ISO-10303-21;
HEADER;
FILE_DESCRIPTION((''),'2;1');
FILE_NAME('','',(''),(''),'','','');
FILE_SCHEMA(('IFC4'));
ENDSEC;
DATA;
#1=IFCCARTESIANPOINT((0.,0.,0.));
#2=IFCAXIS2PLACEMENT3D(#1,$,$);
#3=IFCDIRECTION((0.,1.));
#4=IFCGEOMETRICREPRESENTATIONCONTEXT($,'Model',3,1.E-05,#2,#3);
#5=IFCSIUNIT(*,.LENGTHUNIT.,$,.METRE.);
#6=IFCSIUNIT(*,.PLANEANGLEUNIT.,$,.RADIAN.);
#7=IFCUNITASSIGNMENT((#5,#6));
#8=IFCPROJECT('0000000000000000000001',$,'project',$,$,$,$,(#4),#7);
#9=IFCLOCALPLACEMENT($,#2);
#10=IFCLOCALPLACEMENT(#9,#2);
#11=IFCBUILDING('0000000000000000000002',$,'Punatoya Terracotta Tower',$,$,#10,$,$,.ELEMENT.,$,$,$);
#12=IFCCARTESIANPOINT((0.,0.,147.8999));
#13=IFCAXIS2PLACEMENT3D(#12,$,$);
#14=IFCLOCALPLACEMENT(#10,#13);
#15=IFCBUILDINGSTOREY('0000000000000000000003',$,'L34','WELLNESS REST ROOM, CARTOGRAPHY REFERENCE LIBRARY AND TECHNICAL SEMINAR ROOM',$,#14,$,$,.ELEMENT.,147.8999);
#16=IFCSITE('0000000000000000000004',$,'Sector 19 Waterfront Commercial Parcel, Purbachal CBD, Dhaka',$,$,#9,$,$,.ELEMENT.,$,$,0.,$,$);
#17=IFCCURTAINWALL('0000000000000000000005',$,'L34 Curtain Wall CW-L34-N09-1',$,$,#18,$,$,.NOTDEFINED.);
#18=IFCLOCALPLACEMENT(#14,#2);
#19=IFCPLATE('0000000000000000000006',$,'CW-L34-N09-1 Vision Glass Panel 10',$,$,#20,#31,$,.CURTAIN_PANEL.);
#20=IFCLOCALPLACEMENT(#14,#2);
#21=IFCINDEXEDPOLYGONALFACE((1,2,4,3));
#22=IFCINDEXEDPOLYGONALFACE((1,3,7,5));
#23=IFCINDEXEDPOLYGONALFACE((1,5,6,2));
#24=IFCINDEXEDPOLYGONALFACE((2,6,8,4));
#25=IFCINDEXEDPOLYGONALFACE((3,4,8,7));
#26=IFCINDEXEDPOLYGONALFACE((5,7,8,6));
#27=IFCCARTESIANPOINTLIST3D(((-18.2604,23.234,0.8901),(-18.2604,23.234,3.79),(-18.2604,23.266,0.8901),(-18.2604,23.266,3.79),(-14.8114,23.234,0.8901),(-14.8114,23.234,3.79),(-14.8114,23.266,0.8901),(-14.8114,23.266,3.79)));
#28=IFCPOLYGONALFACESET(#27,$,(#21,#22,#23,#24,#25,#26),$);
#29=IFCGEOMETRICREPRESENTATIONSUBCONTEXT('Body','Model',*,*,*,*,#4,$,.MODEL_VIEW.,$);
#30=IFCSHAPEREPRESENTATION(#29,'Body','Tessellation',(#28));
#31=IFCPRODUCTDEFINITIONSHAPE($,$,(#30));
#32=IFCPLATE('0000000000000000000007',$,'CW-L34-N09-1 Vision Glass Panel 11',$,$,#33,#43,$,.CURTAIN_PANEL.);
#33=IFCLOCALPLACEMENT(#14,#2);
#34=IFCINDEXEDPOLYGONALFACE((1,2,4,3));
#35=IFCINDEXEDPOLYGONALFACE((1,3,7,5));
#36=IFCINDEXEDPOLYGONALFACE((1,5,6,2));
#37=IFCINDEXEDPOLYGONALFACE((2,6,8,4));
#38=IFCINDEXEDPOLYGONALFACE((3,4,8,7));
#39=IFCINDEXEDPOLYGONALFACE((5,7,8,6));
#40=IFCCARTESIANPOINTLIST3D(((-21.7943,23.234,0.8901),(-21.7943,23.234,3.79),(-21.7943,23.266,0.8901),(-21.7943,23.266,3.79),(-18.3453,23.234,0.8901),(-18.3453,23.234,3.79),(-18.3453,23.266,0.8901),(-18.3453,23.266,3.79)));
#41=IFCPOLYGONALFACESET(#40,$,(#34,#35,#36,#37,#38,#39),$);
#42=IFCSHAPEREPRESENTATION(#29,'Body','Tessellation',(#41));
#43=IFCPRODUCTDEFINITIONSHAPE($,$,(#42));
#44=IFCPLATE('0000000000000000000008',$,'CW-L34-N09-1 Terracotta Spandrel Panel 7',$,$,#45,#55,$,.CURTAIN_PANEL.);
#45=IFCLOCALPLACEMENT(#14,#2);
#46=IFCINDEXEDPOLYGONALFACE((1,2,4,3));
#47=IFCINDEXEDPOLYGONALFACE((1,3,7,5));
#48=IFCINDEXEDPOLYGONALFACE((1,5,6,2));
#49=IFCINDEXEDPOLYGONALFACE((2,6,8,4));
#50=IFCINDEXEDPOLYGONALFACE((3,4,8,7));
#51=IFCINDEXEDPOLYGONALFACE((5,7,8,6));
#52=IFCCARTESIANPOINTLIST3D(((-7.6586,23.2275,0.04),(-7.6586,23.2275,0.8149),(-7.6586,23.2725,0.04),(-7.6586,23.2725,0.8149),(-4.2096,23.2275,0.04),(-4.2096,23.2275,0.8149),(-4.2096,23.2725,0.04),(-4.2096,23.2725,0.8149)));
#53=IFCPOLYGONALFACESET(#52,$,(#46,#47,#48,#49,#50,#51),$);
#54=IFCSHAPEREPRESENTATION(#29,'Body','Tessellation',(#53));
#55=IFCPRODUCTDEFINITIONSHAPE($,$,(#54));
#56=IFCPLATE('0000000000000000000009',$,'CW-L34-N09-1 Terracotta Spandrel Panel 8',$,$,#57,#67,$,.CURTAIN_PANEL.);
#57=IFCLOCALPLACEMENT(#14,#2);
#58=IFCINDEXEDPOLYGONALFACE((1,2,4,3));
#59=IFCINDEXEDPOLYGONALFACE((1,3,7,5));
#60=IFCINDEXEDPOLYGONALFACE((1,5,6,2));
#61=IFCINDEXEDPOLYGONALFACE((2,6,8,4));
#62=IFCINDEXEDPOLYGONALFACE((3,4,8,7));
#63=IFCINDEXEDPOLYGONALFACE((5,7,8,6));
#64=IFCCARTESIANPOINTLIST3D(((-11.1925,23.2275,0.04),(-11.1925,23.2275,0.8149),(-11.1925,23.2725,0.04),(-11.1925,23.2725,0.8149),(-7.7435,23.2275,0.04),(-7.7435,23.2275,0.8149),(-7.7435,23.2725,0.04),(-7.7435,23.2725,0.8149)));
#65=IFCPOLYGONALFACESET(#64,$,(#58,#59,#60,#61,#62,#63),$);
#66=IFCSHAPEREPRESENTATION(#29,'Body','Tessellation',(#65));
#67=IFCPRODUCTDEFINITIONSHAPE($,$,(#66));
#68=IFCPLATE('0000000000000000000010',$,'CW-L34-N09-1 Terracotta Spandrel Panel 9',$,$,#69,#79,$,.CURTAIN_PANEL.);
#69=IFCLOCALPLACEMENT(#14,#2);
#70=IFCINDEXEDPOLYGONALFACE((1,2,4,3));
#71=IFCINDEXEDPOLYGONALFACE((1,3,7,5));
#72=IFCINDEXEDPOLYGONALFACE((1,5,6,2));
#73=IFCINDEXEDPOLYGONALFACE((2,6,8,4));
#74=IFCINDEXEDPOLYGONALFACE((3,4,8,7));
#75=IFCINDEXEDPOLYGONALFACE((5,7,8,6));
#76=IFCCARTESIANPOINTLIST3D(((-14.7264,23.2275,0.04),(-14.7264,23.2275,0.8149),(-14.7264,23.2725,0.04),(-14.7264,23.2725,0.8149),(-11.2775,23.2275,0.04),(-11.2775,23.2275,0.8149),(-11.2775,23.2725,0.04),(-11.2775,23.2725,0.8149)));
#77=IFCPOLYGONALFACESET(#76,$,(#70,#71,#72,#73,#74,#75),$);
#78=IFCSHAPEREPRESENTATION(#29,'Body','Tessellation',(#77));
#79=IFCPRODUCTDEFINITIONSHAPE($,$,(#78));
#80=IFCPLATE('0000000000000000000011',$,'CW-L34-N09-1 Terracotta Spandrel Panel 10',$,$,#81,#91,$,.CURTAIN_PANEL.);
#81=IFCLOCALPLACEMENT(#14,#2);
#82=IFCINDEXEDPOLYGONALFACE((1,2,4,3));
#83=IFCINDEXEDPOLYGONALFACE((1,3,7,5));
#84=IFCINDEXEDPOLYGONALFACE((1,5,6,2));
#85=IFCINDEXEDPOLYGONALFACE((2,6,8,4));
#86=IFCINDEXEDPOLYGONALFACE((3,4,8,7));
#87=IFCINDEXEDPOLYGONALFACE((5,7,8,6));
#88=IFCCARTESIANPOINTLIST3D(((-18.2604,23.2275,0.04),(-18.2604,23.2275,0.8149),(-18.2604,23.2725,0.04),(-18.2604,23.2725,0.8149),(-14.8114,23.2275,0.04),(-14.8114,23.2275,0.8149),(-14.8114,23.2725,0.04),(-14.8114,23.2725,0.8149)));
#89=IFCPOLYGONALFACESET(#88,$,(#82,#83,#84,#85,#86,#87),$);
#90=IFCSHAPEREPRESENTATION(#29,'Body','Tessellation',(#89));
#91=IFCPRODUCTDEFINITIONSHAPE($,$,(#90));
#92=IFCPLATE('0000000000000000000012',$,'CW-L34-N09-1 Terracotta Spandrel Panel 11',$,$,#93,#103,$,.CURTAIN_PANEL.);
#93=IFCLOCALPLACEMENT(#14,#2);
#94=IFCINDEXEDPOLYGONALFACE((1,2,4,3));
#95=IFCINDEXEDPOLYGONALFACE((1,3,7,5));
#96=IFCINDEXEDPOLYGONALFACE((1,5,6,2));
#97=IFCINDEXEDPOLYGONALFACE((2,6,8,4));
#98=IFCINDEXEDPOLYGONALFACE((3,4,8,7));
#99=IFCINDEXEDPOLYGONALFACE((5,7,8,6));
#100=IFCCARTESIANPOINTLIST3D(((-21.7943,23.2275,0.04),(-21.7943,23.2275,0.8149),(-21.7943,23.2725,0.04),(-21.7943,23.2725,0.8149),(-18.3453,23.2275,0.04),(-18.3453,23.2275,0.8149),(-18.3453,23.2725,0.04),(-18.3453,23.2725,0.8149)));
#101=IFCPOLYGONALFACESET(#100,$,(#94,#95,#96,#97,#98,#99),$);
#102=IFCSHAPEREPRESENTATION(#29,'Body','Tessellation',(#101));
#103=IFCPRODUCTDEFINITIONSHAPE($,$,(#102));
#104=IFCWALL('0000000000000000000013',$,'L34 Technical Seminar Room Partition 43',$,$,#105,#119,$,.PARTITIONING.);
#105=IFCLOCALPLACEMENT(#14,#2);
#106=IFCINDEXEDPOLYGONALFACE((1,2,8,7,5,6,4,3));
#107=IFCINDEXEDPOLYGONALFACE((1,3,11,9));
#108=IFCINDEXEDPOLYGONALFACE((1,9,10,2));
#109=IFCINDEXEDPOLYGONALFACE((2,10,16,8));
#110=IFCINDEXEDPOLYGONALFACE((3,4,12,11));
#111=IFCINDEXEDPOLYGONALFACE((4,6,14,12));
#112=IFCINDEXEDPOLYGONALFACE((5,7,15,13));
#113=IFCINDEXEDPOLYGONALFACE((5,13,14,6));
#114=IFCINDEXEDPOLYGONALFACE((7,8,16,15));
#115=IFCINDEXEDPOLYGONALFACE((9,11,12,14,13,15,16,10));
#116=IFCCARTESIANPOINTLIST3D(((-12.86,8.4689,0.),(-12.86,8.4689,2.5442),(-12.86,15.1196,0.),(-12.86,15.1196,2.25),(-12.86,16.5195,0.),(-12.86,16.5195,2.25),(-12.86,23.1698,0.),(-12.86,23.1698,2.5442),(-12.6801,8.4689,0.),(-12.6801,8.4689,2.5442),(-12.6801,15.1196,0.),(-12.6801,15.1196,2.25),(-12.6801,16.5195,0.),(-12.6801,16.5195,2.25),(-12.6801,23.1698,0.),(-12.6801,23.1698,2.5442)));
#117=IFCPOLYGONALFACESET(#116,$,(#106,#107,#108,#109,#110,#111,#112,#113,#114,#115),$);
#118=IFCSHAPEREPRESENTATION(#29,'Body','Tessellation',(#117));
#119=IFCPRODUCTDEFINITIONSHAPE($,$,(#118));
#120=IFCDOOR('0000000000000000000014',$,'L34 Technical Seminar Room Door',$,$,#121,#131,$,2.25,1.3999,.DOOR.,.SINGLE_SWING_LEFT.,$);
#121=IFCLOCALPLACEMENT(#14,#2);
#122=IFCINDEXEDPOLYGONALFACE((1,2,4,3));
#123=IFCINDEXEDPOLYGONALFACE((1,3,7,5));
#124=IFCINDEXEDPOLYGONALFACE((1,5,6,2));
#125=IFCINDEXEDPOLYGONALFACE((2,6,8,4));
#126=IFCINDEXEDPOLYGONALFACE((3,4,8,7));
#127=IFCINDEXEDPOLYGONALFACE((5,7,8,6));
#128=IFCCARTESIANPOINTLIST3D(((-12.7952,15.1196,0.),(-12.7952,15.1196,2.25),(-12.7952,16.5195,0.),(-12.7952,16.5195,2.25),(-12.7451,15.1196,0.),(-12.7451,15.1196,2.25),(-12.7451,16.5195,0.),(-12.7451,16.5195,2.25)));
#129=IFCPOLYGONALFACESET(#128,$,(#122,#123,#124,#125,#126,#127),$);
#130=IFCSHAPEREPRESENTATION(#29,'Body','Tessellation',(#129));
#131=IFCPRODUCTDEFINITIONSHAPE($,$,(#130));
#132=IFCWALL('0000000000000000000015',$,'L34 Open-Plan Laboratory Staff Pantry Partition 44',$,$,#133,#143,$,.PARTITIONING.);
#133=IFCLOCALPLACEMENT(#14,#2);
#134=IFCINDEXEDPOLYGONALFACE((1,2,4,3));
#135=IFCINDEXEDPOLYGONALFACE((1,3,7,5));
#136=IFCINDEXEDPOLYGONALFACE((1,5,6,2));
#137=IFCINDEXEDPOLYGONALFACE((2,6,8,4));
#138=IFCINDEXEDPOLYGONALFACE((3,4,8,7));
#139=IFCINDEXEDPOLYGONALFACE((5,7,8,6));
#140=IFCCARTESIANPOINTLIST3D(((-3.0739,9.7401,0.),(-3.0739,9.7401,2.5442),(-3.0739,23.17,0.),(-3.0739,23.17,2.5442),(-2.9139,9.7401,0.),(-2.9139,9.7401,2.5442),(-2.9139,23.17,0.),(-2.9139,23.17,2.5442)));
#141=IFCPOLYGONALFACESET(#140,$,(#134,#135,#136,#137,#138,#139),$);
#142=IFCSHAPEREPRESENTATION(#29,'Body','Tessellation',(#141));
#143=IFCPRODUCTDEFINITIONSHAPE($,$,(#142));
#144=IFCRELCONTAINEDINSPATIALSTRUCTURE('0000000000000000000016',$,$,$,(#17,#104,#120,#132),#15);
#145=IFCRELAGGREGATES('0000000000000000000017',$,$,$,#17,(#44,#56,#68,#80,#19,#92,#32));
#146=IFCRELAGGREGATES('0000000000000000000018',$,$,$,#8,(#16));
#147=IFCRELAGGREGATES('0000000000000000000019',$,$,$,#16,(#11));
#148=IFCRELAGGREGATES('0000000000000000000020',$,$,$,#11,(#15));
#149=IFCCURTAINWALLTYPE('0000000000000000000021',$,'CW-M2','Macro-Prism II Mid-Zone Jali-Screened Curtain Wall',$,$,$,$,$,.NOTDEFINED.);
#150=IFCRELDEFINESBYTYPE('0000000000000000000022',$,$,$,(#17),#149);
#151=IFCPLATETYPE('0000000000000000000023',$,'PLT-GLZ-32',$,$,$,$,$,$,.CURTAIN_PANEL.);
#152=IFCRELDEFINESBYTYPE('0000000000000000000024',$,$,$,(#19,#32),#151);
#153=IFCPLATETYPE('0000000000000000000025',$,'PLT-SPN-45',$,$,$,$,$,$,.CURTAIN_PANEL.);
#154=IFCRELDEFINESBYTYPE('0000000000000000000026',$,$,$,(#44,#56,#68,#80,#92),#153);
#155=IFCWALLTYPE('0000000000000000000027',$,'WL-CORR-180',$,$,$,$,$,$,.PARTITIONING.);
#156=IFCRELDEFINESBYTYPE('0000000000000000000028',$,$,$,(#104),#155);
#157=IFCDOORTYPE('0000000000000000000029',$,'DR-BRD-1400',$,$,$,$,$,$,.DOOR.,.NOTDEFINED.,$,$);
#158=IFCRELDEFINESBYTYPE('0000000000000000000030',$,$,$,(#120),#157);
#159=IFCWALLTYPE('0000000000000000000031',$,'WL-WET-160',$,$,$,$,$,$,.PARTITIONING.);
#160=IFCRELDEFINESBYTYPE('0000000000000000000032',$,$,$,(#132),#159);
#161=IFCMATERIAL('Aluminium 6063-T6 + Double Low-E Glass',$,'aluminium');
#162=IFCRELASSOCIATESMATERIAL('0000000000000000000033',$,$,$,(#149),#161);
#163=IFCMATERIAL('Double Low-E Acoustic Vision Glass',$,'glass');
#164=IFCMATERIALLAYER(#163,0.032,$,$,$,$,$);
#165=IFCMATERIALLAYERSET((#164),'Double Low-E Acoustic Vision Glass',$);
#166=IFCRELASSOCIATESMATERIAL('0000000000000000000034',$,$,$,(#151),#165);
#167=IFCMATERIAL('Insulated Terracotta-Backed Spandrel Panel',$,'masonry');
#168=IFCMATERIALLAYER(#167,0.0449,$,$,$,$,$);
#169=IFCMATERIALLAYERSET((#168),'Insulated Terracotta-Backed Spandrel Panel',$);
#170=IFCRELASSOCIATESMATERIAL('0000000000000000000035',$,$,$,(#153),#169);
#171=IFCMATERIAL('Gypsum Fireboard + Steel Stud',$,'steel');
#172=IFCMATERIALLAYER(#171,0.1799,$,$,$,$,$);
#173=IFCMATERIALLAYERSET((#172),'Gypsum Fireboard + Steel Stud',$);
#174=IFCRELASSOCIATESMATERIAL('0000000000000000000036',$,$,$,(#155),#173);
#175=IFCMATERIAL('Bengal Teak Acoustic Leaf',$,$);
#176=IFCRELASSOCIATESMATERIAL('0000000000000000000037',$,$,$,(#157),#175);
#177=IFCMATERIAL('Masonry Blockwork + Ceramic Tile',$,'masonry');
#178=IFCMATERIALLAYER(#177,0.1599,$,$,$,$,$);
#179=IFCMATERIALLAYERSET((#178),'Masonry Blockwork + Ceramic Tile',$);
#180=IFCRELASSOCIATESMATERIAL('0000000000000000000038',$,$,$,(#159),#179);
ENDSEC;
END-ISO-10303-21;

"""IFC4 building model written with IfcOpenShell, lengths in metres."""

from ifc_helpers import new_model, si_unit, direction, frame, frame_2d, origin, origin_2d, place, context, subcontext, project, spatial, rectangle, extrude, material, layer, layer_set, type_object, element, fill, aggregate, save


model = new_model("IFC4")

# Units and contexts
model_context = context("Model", 3, precision=1e-05, world=origin(), true_north=direction((0.0, 1.0)))
body_context = subcontext(model_context, "Body", "Model", "MODEL_VIEW")
ifc_project = project(units=[si_unit("LENGTHUNIT", "METRE"), si_unit("PLANEANGLEUNIT", "RADIAN")], contexts=[model_context])

# Site, building, storey
site_placement = place(None, origin())
site = spatial("IfcSite", under=ifc_project, at=site_placement, Name="Sector 19 Waterfront Commercial Parcel, Purbachal CBD, Dhaka", CompositionType="ELEMENT", RefElevation=0.0)
building_placement = place(site_placement, origin())
building = spatial("IfcBuilding", under=site, at=building_placement, Name="Punatoya Terracotta Tower", CompositionType="ELEMENT")
storey_placement = place(building_placement, frame((0.0, 0.0, 147.8999)))
storey = spatial("IfcBuildingStorey", under=building, at=storey_placement, Name="L34", Description="WELLNESS REST ROOM, CARTOGRAPHY REFERENCE LIBRARY AND TECHNICAL SEMINAR ROOM", CompositionType="ELEMENT", Elevation=147.8999)

# Curtain wall, plates
ifc_material_1 = material(Name="Aluminium 6063-T6 + Double Low-E Glass", Category="aluminium")
curtain_wall_type = type_object("IfcCurtainWallType", Name="CW-M2", Description="Macro-Prism II Mid-Zone Jali-Screened Curtain Wall", PredefinedType="NOTDEFINED", material=ifc_material_1)
curtain_wall_placement = place(storey_placement, origin())
curtain_wall = element("IfcCurtainWall", 1, at=curtain_wall_placement, inside=storey, type_object=curtain_wall_type, Name="L34 Curtain Wall CW-L34-N09-1", PredefinedType="NOTDEFINED")
ifc_material_2 = material(Name="Double Low-E Acoustic Vision Glass", Category="glass")
ifc_layer_1 = layer(ifc_material_2, 0.032)
ifc_layer_set_1 = layer_set([ifc_layer_1], Name="Double Low-E Acoustic Vision Glass")
plate_type_1 = type_object("IfcPlateType", Name="PLT-GLZ-32", PredefinedType="CURTAIN_PANEL", material=ifc_layer_set_1)
plate_1_placement = place(storey_placement, frame((-16.5359, 23.25, 0.8901), z_axis=(0.0, 0.0, 1.0), x_axis=(-1.0, 0.0, 0.0)))
plate_1 = element("IfcPlate", 2, at=plate_1_placement, type_object=plate_type_1, Name="CW-L34-N09-1 Vision Glass Panel 10", PredefinedType="CURTAIN_PANEL", context=body_context, shape_type="SweptSolid", body=[
    extrude(rectangle(XDim=3.449, YDim=0.032, at=origin_2d()), origin(), (0.0, 0.0, 1.0), 2.8999),
])
plate_2_placement = place(storey_placement, frame((-20.0698, 23.25, 0.8901), z_axis=(0.0, 0.0, 1.0), x_axis=(-1.0, 0.0, 0.0)))
plate_2 = element("IfcPlate", 3, at=plate_2_placement, type_object=plate_type_1, Name="CW-L34-N09-1 Vision Glass Panel 11", PredefinedType="CURTAIN_PANEL", context=body_context, shape_type="SweptSolid", body=[
    extrude(rectangle(XDim=3.449, YDim=0.032, at=origin_2d()), origin(), (0.0, 0.0, 1.0), 2.8999),
])
ifc_material_3 = material(Name="Insulated Terracotta-Backed Spandrel Panel", Category="masonry")
ifc_layer_2 = layer(ifc_material_3, 0.0449)
ifc_layer_set_2 = layer_set([ifc_layer_2], Name="Insulated Terracotta-Backed Spandrel Panel")
plate_type_2 = type_object("IfcPlateType", Name="PLT-SPN-45", PredefinedType="CURTAIN_PANEL", material=ifc_layer_set_2)
plate_3_placement = place(storey_placement, frame((-5.9341, 23.25, 0.04), z_axis=(0.0, 0.0, 1.0), x_axis=(-1.0, 0.0, 0.0)))
plate_3 = element("IfcPlate", 4, at=plate_3_placement, type_object=plate_type_2, Name="CW-L34-N09-1 Terracotta Spandrel Panel 7", PredefinedType="CURTAIN_PANEL", context=body_context, shape_type="SweptSolid", body=[
    extrude(rectangle(XDim=3.449, YDim=0.0449, at=origin_2d()), origin(), (0.0, 0.0, 1.0), 0.7749),
])
plate_4_placement = place(storey_placement, frame((-9.468, 23.25, 0.04), z_axis=(0.0, 0.0, 1.0), x_axis=(-1.0, 0.0, 0.0)))
plate_4 = element("IfcPlate", 5, at=plate_4_placement, type_object=plate_type_2, Name="CW-L34-N09-1 Terracotta Spandrel Panel 8", PredefinedType="CURTAIN_PANEL", context=body_context, shape_type="SweptSolid", body=[
    extrude(rectangle(XDim=3.449, YDim=0.0449, at=origin_2d()), origin(), (0.0, 0.0, 1.0), 0.7749),
])
plate_5_placement = place(storey_placement, frame((-13.002, 23.25, 0.04), z_axis=(0.0, 0.0, 1.0), x_axis=(-1.0, 0.0, 0.0)))
plate_5 = element("IfcPlate", 6, at=plate_5_placement, type_object=plate_type_2, Name="CW-L34-N09-1 Terracotta Spandrel Panel 9", PredefinedType="CURTAIN_PANEL", context=body_context, shape_type="SweptSolid", body=[
    extrude(rectangle(XDim=3.449, YDim=0.0449, at=origin_2d()), origin(), (0.0, 0.0, 1.0), 0.7749),
])
plate_6_placement = place(storey_placement, frame((-16.5359, 23.25, 0.04), z_axis=(0.0, 0.0, 1.0), x_axis=(-1.0, 0.0, 0.0)))
plate_6 = element("IfcPlate", 7, at=plate_6_placement, type_object=plate_type_2, Name="CW-L34-N09-1 Terracotta Spandrel Panel 10", PredefinedType="CURTAIN_PANEL", context=body_context, shape_type="SweptSolid", body=[
    extrude(rectangle(XDim=3.449, YDim=0.0449, at=origin_2d()), origin(), (0.0, 0.0, 1.0), 0.7749),
])
plate_7_placement = place(storey_placement, frame((-20.0698, 23.25, 0.04), z_axis=(0.0, 0.0, 1.0), x_axis=(-1.0, 0.0, 0.0)))
plate_7 = element("IfcPlate", 8, at=plate_7_placement, type_object=plate_type_2, Name="CW-L34-N09-1 Terracotta Spandrel Panel 11", PredefinedType="CURTAIN_PANEL", context=body_context, shape_type="SweptSolid", body=[
    extrude(rectangle(XDim=3.449, YDim=0.0449, at=origin_2d()), origin(), (0.0, 0.0, 1.0), 0.7749),
])
aggregate(curtain_wall, [plate_3, plate_4, plate_5, plate_6, plate_1, plate_7, plate_2])

# Wall, opening, door
ifc_material_4 = material(Name="Gypsum Fireboard + Steel Stud", Category="steel")
ifc_layer_3 = layer(ifc_material_4, 0.1799)
ifc_layer_set_3 = layer_set([ifc_layer_3], Name="Gypsum Fireboard + Steel Stud")
wall_type_1 = type_object("IfcWallType", Name="WL-CORR-180", PredefinedType="PARTITIONING", material=ifc_layer_set_3)
wall_1_placement = place(storey_placement, frame((-12.77, 23.1699, 0.0), z_axis=(0.0, 0.0, 1.0), x_axis=(0.0, -1.0, 0.0)))
wall_1 = element("IfcWall", 9, at=wall_1_placement, inside=storey, type_object=wall_type_1, Name="L34 Technical Seminar Room Partition 43", PredefinedType="PARTITIONING", context=body_context, shape_type="SweptSolid", body=[
    extrude(rectangle(XDim=14.7009, YDim=0.1799, at=frame_2d((7.3506, 0.0))), origin(), (0.0, 0.0, 1.0), 2.5442),
])
opening_placement = place(wall_1_placement, frame((6.6504, 0.0, 0.0)))
opening = element("IfcOpeningElement", 10, at=opening_placement, cuts=wall_1, PredefinedType="OPENING", context=body_context, shape_type="SweptSolid", body=[
    extrude(rectangle(XDim=1.3999, YDim=2.25, at=frame_2d((0.7, 1.125))), frame((0.0, 0.0999, 0.0), z_axis=(0.0, -1.0, 0.0), x_axis=(1.0, 0.0, 0.0)), (0.0, 0.0, 1.0), 0.2),
])
ifc_material_5 = material(Name="Bengal Teak Acoustic Leaf")
door_type = type_object("IfcDoorType", Name="DR-BRD-1400", OperationType="NOTDEFINED", PredefinedType="DOOR", material=ifc_material_5)
door_placement = place(opening_placement, origin())
door = element("IfcDoor", 11, at=door_placement, inside=storey, type_object=door_type, Name="L34 Technical Seminar Room Door", OperationType="SINGLE_SWING_LEFT", OverallHeight=2.25, OverallWidth=1.3999, PredefinedType="DOOR", context=body_context, shape_type="SweptSolid", body=[
    extrude(rectangle(XDim=1.3999, YDim=2.25, at=frame_2d((0.7, 1.125))), frame((0.0, 0.0249, 0.0), z_axis=(0.0, -1.0, 0.0), x_axis=(1.0, 0.0, 0.0)), (0.0, 0.0, 1.0), 0.05),
])
fill(opening, door)

# Wall
ifc_material_6 = material(Name="Masonry Blockwork + Ceramic Tile", Category="masonry")
ifc_layer_4 = layer(ifc_material_6, 0.1599)
ifc_layer_set_4 = layer_set([ifc_layer_4], Name="Masonry Blockwork + Ceramic Tile")
wall_type_2 = type_object("IfcWallType", Name="WL-WET-160", PredefinedType="PARTITIONING", material=ifc_layer_set_4)
wall_2_placement = place(storey_placement, frame((-2.9939, 23.1699, 0.0), z_axis=(0.0, 0.0, 1.0), x_axis=(0.0, -1.0, 0.0)))
element("IfcWall", 12, at=wall_2_placement, inside=storey, type_object=wall_type_2, Name="L34 Open-Plan Laboratory Staff Pantry Partition 44", PredefinedType="PARTITIONING", context=body_context, shape_type="SweptSolid", body=[
    extrude(rectangle(XDim=13.4299, YDim=0.1599, at=frame_2d((6.7148, 0.0))), origin(), (0.0, 0.0, 1.0), 2.5442),
])

save(model, "model.ifc")
